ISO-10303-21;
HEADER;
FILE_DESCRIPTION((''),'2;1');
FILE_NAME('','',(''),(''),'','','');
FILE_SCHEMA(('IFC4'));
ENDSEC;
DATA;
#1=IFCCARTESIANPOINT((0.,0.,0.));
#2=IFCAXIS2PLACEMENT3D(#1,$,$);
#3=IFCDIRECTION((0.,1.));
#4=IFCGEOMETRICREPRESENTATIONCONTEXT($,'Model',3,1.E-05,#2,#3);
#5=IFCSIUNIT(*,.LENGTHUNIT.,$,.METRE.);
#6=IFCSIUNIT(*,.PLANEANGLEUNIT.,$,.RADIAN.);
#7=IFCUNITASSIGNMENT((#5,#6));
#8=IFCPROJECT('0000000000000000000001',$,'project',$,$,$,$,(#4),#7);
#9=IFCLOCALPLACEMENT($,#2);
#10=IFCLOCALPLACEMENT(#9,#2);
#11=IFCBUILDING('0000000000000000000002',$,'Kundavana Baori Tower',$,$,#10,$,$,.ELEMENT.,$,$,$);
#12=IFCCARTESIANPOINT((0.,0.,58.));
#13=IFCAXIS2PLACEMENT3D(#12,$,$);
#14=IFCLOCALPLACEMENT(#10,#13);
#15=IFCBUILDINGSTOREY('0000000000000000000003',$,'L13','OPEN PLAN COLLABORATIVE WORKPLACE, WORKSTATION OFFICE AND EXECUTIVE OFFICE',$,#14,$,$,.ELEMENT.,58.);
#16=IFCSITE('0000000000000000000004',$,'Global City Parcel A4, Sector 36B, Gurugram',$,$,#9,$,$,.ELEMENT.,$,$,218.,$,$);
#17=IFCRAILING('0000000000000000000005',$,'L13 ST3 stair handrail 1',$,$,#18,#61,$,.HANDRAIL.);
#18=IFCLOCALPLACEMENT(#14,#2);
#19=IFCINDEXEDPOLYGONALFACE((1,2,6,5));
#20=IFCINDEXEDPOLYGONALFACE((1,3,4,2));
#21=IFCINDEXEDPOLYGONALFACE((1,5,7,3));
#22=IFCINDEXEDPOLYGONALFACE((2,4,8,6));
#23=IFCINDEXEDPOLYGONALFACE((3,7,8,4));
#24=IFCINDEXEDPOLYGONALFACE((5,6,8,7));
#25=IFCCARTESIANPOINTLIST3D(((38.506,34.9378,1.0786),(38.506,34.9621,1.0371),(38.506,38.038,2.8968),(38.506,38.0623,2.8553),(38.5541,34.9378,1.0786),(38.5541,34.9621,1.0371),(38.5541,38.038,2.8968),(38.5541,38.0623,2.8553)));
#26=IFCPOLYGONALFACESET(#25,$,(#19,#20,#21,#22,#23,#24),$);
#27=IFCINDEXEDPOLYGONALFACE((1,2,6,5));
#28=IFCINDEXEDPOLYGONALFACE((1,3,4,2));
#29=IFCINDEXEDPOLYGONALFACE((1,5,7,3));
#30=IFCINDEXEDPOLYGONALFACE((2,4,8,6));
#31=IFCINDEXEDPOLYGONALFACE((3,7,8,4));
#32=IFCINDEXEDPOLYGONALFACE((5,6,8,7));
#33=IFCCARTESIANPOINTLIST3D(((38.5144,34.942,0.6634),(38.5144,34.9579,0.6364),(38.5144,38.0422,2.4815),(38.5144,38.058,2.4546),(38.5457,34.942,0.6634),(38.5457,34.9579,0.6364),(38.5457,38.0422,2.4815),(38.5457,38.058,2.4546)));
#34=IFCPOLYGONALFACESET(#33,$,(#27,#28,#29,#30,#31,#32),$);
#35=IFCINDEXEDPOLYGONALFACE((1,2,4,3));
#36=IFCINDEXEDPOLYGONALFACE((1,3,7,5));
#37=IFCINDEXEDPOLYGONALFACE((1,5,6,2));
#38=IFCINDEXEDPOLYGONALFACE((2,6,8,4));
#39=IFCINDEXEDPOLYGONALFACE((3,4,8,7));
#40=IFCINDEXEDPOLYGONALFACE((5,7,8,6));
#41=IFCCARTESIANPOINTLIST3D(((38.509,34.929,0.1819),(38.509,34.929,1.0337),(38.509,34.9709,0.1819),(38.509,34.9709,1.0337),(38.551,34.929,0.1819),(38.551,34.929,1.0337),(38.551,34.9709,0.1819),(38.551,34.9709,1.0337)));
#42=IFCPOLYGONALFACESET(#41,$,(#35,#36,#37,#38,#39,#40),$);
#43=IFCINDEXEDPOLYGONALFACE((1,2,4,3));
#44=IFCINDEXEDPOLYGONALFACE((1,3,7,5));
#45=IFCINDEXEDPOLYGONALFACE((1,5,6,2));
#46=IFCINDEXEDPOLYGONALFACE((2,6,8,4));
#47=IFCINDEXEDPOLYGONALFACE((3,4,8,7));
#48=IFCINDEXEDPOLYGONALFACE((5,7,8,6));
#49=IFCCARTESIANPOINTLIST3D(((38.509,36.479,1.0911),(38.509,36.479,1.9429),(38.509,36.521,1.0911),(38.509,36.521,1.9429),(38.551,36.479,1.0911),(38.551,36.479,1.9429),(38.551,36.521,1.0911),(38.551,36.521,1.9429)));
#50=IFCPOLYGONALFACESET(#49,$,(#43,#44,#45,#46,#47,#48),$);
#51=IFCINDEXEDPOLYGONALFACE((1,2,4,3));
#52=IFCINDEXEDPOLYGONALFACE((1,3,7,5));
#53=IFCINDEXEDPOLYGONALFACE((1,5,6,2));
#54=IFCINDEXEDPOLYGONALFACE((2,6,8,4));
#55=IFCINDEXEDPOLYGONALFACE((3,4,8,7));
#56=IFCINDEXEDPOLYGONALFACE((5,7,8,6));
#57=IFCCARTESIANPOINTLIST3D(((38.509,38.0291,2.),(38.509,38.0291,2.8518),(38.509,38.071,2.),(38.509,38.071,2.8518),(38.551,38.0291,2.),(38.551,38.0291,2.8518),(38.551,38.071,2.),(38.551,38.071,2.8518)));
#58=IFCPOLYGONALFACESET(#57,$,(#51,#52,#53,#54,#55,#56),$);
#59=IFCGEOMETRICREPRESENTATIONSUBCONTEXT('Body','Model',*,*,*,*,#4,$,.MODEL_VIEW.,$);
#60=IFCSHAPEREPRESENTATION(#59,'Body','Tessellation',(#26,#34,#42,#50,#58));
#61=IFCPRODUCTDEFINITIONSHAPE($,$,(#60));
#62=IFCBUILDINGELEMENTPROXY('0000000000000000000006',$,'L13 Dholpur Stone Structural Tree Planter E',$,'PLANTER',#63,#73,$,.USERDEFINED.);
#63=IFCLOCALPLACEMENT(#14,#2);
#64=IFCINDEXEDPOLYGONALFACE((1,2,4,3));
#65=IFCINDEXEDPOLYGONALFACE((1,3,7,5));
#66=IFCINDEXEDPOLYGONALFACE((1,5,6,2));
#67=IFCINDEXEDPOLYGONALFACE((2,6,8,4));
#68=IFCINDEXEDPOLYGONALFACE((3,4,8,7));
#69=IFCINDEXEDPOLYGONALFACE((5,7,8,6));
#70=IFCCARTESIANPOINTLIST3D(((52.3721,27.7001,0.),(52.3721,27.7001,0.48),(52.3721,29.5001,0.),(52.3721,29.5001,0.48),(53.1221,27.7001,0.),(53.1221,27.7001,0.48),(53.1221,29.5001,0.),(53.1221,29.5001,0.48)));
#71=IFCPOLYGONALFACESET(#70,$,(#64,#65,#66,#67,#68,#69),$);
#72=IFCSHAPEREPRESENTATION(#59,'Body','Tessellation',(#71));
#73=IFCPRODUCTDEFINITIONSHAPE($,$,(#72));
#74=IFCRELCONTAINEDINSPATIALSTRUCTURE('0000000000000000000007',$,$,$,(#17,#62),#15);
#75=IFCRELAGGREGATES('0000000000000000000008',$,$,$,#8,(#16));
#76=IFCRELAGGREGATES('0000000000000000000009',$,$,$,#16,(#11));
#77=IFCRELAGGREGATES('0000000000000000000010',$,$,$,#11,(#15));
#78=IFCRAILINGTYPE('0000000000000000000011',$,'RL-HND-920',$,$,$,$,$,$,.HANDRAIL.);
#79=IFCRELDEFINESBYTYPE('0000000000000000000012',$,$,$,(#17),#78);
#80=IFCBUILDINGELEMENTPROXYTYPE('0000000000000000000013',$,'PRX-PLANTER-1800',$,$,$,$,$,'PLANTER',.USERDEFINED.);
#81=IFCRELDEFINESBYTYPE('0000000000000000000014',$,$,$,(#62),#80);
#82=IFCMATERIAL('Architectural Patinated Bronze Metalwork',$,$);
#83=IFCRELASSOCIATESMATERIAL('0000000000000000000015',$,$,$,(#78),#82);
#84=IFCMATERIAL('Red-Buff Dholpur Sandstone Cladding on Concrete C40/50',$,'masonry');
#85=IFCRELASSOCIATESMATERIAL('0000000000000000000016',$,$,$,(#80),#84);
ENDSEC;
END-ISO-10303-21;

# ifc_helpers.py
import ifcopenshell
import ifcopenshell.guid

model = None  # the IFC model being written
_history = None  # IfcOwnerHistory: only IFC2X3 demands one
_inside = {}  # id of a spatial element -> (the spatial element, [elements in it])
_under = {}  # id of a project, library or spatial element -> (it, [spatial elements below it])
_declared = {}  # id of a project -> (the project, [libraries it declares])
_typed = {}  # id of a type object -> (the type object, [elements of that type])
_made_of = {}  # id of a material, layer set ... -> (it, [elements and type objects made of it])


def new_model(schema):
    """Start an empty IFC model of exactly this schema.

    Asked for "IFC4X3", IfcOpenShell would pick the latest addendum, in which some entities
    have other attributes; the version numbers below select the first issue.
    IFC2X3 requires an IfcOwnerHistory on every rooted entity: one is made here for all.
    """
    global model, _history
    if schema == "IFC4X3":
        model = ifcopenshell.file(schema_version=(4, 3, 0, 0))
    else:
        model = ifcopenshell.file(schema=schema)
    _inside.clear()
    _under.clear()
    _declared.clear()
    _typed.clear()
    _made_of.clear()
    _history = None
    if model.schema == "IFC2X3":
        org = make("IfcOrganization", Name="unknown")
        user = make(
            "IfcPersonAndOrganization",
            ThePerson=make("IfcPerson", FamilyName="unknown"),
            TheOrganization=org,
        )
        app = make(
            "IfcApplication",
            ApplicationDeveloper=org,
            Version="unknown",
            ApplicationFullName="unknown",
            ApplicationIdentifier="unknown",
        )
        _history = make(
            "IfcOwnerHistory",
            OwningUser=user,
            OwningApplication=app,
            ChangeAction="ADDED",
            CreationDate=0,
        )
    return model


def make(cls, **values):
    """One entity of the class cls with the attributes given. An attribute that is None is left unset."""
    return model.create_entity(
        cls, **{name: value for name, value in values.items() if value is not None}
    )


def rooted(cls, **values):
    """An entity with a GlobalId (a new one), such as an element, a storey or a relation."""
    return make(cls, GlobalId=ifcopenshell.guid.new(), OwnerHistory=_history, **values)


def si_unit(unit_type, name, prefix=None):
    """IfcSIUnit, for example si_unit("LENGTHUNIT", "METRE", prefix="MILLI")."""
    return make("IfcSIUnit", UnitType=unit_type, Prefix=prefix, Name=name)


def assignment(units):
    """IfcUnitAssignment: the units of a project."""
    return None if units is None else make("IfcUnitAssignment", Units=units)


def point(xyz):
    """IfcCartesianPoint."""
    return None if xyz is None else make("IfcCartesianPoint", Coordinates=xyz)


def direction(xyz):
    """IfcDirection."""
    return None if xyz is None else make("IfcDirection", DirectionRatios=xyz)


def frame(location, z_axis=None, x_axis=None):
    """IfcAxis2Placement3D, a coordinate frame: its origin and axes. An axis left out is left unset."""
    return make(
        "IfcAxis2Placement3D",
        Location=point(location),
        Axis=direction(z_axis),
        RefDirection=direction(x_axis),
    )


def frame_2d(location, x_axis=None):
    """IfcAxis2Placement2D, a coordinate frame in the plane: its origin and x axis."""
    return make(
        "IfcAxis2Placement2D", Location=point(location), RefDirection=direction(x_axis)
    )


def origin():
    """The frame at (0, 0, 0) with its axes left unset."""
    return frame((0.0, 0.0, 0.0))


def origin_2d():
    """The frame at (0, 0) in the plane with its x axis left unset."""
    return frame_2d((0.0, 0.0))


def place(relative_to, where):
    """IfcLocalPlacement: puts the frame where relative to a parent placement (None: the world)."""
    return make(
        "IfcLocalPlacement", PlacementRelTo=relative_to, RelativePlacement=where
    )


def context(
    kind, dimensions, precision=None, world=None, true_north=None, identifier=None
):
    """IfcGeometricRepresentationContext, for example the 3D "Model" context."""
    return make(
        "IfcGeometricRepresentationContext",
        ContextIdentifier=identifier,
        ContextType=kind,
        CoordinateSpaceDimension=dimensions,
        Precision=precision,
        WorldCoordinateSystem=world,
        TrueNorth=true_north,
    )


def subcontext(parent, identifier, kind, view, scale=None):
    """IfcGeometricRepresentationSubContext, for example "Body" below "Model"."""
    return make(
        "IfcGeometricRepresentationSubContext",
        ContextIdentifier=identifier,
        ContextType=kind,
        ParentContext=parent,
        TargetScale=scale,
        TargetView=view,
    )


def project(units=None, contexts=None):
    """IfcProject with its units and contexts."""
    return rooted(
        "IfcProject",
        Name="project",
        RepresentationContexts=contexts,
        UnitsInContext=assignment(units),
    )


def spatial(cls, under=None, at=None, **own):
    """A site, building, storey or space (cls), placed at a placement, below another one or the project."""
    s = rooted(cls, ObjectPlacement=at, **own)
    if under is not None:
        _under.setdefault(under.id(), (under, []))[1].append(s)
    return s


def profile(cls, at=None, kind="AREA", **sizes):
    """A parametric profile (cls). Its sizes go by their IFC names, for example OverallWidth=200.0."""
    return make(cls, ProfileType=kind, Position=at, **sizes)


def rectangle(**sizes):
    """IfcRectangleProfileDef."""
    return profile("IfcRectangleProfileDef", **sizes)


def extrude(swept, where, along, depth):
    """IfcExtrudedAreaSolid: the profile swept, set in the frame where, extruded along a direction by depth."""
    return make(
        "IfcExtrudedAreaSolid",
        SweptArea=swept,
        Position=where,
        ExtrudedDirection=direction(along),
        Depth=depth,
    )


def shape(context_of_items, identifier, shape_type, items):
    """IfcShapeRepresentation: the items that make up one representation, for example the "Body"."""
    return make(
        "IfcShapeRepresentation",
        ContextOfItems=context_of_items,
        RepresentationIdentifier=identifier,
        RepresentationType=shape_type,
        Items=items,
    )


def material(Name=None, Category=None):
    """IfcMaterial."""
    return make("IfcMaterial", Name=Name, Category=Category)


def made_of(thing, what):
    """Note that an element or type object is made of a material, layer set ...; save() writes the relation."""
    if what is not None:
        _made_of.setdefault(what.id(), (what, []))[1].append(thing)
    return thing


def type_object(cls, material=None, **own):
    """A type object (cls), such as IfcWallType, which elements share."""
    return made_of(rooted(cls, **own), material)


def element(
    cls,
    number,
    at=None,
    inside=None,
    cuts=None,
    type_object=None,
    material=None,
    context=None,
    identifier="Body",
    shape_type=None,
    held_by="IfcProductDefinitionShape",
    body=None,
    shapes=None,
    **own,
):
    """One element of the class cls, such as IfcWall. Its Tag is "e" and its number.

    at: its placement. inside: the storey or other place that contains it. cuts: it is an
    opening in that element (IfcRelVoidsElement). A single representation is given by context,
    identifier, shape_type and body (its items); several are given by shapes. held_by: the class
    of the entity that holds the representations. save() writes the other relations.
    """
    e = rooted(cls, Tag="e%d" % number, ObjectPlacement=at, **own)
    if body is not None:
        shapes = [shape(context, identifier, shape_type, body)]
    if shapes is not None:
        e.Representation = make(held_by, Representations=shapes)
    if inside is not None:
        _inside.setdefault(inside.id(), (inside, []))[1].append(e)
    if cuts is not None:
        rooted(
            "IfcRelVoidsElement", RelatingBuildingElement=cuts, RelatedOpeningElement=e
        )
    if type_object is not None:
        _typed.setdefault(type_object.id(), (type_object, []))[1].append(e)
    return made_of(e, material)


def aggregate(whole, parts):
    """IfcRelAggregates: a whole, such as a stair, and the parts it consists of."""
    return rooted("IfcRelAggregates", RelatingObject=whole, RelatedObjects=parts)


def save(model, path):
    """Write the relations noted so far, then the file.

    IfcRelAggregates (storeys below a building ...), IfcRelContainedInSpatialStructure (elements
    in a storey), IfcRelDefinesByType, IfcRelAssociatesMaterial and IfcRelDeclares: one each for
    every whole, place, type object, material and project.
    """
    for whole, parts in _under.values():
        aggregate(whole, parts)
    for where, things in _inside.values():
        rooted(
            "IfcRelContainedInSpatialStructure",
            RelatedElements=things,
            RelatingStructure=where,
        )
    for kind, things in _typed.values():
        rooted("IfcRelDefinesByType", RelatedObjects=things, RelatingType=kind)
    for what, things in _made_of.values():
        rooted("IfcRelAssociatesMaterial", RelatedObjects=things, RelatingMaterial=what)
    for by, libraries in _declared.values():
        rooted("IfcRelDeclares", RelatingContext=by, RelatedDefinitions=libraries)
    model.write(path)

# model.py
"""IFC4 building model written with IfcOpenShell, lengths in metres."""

from ifc_helpers import new_model, si_unit, direction, frame, origin, origin_2d, place, context, subcontext, project, spatial, rectangle, extrude, material, type_object, element, save


model = new_model("IFC4")

# Units and contexts
model_context = context("Model", 3, precision=1e-05, world=origin(), true_north=direction((0.0, 1.0)))
body_context = subcontext(model_context, "Body", "Model", "MODEL_VIEW")
ifc_project = project(units=[si_unit("LENGTHUNIT", "METRE"), si_unit("PLANEANGLEUNIT", "RADIAN")], contexts=[model_context])

# Site, building, storey
site_placement = place(None, origin())
site = spatial("IfcSite", under=ifc_project, at=site_placement, Name="Global City Parcel A4, Sector 36B, Gurugram", CompositionType="ELEMENT", RefElevation=218.0)
building_placement = place(site_placement, origin())
building = spatial("IfcBuilding", under=site, at=building_placement, Name="Kundavana Baori Tower", CompositionType="ELEMENT")
storey_placement = place(building_placement, frame((0.0, 0.0, 58.0)))
storey = spatial("IfcBuildingStorey", under=building, at=storey_placement, Name="L13", Description="OPEN PLAN COLLABORATIVE WORKPLACE, WORKSTATION OFFICE AND EXECUTIVE OFFICE", CompositionType="ELEMENT", Elevation=58.0)

# Railing
ifc_material_1 = material(Name="Architectural Patinated Bronze Metalwork")
railing_type_1 = type_object("IfcRailingType", Name="RL-HND-920", PredefinedType="HANDRAIL", material=ifc_material_1)
railing_1_placement = place(storey_placement, frame((38.53, 34.95, 0.1819)))
element("IfcRailing", 1, at=railing_1_placement, inside=storey, type_object=railing_type_1, Name="L13 ST3 stair handrail 1", PredefinedType="HANDRAIL", context=body_context, shape_type="SweptSolid", body=[
    extrude(rectangle(XDim=0.0481, YDim=0.0481, at=origin_2d()), frame((0.0, 0.0, 0.876), z_axis=(0.0, 0.862599, 0.505889), x_axis=(-1.0, 0.0, 0.0)), (0.0, 0.0, 1.0), 3.594),
    extrude(rectangle(XDim=0.0312, YDim=0.0312, at=origin_2d()), frame((0.0, 0.0, 0.468), z_axis=(0.0, 0.862599, 0.505889), x_axis=(-1.0, 0.0, 0.0)), (0.0, 0.0, 1.0), 3.594),
    extrude(rectangle(XDim=0.042, YDim=0.042, at=origin_2d()), origin(), (0.0, 0.0, 1.0), 0.8518),
    extrude(rectangle(XDim=0.042, YDim=0.042, at=origin_2d()), frame((0.0, 1.55, 0.9092)), (0.0, 0.0, 1.0), 0.8518),
    extrude(rectangle(XDim=0.042, YDim=0.042, at=origin_2d()), frame((0.0, 3.1001, 1.8181)), (0.0, 0.0, 1.0), 0.8518),
])

# Building element proxy
ifc_material_2 = material(Name="Red-Buff Dholpur Sandstone Cladding on Concrete C40/50", Category="masonry")
building_element_proxy_type = type_object("IfcBuildingElementProxyType", Name="PRX-PLANTER-1800", ElementType="PLANTER", PredefinedType="USERDEFINED", material=ifc_material_2)
proxy_placement = place(storey_placement, frame((52.7471, 28.6001, 0.0), z_axis=(0.0, 0.0, 1.0), x_axis=(0.0, 1.0, 0.0)))
element("IfcBuildingElementProxy", 2, at=proxy_placement, inside=storey, type_object=building_element_proxy_type, Name="L13 Dholpur Stone Structural Tree Planter E", ObjectType="PLANTER", PredefinedType="USERDEFINED", context=body_context, shape_type="SweptSolid", body=[
    extrude(rectangle(XDim=1.8, YDim=0.75, at=origin_2d()), origin(), (0.0, 0.0, 1.0), 0.48),
])

save(model, "model.ifc")
